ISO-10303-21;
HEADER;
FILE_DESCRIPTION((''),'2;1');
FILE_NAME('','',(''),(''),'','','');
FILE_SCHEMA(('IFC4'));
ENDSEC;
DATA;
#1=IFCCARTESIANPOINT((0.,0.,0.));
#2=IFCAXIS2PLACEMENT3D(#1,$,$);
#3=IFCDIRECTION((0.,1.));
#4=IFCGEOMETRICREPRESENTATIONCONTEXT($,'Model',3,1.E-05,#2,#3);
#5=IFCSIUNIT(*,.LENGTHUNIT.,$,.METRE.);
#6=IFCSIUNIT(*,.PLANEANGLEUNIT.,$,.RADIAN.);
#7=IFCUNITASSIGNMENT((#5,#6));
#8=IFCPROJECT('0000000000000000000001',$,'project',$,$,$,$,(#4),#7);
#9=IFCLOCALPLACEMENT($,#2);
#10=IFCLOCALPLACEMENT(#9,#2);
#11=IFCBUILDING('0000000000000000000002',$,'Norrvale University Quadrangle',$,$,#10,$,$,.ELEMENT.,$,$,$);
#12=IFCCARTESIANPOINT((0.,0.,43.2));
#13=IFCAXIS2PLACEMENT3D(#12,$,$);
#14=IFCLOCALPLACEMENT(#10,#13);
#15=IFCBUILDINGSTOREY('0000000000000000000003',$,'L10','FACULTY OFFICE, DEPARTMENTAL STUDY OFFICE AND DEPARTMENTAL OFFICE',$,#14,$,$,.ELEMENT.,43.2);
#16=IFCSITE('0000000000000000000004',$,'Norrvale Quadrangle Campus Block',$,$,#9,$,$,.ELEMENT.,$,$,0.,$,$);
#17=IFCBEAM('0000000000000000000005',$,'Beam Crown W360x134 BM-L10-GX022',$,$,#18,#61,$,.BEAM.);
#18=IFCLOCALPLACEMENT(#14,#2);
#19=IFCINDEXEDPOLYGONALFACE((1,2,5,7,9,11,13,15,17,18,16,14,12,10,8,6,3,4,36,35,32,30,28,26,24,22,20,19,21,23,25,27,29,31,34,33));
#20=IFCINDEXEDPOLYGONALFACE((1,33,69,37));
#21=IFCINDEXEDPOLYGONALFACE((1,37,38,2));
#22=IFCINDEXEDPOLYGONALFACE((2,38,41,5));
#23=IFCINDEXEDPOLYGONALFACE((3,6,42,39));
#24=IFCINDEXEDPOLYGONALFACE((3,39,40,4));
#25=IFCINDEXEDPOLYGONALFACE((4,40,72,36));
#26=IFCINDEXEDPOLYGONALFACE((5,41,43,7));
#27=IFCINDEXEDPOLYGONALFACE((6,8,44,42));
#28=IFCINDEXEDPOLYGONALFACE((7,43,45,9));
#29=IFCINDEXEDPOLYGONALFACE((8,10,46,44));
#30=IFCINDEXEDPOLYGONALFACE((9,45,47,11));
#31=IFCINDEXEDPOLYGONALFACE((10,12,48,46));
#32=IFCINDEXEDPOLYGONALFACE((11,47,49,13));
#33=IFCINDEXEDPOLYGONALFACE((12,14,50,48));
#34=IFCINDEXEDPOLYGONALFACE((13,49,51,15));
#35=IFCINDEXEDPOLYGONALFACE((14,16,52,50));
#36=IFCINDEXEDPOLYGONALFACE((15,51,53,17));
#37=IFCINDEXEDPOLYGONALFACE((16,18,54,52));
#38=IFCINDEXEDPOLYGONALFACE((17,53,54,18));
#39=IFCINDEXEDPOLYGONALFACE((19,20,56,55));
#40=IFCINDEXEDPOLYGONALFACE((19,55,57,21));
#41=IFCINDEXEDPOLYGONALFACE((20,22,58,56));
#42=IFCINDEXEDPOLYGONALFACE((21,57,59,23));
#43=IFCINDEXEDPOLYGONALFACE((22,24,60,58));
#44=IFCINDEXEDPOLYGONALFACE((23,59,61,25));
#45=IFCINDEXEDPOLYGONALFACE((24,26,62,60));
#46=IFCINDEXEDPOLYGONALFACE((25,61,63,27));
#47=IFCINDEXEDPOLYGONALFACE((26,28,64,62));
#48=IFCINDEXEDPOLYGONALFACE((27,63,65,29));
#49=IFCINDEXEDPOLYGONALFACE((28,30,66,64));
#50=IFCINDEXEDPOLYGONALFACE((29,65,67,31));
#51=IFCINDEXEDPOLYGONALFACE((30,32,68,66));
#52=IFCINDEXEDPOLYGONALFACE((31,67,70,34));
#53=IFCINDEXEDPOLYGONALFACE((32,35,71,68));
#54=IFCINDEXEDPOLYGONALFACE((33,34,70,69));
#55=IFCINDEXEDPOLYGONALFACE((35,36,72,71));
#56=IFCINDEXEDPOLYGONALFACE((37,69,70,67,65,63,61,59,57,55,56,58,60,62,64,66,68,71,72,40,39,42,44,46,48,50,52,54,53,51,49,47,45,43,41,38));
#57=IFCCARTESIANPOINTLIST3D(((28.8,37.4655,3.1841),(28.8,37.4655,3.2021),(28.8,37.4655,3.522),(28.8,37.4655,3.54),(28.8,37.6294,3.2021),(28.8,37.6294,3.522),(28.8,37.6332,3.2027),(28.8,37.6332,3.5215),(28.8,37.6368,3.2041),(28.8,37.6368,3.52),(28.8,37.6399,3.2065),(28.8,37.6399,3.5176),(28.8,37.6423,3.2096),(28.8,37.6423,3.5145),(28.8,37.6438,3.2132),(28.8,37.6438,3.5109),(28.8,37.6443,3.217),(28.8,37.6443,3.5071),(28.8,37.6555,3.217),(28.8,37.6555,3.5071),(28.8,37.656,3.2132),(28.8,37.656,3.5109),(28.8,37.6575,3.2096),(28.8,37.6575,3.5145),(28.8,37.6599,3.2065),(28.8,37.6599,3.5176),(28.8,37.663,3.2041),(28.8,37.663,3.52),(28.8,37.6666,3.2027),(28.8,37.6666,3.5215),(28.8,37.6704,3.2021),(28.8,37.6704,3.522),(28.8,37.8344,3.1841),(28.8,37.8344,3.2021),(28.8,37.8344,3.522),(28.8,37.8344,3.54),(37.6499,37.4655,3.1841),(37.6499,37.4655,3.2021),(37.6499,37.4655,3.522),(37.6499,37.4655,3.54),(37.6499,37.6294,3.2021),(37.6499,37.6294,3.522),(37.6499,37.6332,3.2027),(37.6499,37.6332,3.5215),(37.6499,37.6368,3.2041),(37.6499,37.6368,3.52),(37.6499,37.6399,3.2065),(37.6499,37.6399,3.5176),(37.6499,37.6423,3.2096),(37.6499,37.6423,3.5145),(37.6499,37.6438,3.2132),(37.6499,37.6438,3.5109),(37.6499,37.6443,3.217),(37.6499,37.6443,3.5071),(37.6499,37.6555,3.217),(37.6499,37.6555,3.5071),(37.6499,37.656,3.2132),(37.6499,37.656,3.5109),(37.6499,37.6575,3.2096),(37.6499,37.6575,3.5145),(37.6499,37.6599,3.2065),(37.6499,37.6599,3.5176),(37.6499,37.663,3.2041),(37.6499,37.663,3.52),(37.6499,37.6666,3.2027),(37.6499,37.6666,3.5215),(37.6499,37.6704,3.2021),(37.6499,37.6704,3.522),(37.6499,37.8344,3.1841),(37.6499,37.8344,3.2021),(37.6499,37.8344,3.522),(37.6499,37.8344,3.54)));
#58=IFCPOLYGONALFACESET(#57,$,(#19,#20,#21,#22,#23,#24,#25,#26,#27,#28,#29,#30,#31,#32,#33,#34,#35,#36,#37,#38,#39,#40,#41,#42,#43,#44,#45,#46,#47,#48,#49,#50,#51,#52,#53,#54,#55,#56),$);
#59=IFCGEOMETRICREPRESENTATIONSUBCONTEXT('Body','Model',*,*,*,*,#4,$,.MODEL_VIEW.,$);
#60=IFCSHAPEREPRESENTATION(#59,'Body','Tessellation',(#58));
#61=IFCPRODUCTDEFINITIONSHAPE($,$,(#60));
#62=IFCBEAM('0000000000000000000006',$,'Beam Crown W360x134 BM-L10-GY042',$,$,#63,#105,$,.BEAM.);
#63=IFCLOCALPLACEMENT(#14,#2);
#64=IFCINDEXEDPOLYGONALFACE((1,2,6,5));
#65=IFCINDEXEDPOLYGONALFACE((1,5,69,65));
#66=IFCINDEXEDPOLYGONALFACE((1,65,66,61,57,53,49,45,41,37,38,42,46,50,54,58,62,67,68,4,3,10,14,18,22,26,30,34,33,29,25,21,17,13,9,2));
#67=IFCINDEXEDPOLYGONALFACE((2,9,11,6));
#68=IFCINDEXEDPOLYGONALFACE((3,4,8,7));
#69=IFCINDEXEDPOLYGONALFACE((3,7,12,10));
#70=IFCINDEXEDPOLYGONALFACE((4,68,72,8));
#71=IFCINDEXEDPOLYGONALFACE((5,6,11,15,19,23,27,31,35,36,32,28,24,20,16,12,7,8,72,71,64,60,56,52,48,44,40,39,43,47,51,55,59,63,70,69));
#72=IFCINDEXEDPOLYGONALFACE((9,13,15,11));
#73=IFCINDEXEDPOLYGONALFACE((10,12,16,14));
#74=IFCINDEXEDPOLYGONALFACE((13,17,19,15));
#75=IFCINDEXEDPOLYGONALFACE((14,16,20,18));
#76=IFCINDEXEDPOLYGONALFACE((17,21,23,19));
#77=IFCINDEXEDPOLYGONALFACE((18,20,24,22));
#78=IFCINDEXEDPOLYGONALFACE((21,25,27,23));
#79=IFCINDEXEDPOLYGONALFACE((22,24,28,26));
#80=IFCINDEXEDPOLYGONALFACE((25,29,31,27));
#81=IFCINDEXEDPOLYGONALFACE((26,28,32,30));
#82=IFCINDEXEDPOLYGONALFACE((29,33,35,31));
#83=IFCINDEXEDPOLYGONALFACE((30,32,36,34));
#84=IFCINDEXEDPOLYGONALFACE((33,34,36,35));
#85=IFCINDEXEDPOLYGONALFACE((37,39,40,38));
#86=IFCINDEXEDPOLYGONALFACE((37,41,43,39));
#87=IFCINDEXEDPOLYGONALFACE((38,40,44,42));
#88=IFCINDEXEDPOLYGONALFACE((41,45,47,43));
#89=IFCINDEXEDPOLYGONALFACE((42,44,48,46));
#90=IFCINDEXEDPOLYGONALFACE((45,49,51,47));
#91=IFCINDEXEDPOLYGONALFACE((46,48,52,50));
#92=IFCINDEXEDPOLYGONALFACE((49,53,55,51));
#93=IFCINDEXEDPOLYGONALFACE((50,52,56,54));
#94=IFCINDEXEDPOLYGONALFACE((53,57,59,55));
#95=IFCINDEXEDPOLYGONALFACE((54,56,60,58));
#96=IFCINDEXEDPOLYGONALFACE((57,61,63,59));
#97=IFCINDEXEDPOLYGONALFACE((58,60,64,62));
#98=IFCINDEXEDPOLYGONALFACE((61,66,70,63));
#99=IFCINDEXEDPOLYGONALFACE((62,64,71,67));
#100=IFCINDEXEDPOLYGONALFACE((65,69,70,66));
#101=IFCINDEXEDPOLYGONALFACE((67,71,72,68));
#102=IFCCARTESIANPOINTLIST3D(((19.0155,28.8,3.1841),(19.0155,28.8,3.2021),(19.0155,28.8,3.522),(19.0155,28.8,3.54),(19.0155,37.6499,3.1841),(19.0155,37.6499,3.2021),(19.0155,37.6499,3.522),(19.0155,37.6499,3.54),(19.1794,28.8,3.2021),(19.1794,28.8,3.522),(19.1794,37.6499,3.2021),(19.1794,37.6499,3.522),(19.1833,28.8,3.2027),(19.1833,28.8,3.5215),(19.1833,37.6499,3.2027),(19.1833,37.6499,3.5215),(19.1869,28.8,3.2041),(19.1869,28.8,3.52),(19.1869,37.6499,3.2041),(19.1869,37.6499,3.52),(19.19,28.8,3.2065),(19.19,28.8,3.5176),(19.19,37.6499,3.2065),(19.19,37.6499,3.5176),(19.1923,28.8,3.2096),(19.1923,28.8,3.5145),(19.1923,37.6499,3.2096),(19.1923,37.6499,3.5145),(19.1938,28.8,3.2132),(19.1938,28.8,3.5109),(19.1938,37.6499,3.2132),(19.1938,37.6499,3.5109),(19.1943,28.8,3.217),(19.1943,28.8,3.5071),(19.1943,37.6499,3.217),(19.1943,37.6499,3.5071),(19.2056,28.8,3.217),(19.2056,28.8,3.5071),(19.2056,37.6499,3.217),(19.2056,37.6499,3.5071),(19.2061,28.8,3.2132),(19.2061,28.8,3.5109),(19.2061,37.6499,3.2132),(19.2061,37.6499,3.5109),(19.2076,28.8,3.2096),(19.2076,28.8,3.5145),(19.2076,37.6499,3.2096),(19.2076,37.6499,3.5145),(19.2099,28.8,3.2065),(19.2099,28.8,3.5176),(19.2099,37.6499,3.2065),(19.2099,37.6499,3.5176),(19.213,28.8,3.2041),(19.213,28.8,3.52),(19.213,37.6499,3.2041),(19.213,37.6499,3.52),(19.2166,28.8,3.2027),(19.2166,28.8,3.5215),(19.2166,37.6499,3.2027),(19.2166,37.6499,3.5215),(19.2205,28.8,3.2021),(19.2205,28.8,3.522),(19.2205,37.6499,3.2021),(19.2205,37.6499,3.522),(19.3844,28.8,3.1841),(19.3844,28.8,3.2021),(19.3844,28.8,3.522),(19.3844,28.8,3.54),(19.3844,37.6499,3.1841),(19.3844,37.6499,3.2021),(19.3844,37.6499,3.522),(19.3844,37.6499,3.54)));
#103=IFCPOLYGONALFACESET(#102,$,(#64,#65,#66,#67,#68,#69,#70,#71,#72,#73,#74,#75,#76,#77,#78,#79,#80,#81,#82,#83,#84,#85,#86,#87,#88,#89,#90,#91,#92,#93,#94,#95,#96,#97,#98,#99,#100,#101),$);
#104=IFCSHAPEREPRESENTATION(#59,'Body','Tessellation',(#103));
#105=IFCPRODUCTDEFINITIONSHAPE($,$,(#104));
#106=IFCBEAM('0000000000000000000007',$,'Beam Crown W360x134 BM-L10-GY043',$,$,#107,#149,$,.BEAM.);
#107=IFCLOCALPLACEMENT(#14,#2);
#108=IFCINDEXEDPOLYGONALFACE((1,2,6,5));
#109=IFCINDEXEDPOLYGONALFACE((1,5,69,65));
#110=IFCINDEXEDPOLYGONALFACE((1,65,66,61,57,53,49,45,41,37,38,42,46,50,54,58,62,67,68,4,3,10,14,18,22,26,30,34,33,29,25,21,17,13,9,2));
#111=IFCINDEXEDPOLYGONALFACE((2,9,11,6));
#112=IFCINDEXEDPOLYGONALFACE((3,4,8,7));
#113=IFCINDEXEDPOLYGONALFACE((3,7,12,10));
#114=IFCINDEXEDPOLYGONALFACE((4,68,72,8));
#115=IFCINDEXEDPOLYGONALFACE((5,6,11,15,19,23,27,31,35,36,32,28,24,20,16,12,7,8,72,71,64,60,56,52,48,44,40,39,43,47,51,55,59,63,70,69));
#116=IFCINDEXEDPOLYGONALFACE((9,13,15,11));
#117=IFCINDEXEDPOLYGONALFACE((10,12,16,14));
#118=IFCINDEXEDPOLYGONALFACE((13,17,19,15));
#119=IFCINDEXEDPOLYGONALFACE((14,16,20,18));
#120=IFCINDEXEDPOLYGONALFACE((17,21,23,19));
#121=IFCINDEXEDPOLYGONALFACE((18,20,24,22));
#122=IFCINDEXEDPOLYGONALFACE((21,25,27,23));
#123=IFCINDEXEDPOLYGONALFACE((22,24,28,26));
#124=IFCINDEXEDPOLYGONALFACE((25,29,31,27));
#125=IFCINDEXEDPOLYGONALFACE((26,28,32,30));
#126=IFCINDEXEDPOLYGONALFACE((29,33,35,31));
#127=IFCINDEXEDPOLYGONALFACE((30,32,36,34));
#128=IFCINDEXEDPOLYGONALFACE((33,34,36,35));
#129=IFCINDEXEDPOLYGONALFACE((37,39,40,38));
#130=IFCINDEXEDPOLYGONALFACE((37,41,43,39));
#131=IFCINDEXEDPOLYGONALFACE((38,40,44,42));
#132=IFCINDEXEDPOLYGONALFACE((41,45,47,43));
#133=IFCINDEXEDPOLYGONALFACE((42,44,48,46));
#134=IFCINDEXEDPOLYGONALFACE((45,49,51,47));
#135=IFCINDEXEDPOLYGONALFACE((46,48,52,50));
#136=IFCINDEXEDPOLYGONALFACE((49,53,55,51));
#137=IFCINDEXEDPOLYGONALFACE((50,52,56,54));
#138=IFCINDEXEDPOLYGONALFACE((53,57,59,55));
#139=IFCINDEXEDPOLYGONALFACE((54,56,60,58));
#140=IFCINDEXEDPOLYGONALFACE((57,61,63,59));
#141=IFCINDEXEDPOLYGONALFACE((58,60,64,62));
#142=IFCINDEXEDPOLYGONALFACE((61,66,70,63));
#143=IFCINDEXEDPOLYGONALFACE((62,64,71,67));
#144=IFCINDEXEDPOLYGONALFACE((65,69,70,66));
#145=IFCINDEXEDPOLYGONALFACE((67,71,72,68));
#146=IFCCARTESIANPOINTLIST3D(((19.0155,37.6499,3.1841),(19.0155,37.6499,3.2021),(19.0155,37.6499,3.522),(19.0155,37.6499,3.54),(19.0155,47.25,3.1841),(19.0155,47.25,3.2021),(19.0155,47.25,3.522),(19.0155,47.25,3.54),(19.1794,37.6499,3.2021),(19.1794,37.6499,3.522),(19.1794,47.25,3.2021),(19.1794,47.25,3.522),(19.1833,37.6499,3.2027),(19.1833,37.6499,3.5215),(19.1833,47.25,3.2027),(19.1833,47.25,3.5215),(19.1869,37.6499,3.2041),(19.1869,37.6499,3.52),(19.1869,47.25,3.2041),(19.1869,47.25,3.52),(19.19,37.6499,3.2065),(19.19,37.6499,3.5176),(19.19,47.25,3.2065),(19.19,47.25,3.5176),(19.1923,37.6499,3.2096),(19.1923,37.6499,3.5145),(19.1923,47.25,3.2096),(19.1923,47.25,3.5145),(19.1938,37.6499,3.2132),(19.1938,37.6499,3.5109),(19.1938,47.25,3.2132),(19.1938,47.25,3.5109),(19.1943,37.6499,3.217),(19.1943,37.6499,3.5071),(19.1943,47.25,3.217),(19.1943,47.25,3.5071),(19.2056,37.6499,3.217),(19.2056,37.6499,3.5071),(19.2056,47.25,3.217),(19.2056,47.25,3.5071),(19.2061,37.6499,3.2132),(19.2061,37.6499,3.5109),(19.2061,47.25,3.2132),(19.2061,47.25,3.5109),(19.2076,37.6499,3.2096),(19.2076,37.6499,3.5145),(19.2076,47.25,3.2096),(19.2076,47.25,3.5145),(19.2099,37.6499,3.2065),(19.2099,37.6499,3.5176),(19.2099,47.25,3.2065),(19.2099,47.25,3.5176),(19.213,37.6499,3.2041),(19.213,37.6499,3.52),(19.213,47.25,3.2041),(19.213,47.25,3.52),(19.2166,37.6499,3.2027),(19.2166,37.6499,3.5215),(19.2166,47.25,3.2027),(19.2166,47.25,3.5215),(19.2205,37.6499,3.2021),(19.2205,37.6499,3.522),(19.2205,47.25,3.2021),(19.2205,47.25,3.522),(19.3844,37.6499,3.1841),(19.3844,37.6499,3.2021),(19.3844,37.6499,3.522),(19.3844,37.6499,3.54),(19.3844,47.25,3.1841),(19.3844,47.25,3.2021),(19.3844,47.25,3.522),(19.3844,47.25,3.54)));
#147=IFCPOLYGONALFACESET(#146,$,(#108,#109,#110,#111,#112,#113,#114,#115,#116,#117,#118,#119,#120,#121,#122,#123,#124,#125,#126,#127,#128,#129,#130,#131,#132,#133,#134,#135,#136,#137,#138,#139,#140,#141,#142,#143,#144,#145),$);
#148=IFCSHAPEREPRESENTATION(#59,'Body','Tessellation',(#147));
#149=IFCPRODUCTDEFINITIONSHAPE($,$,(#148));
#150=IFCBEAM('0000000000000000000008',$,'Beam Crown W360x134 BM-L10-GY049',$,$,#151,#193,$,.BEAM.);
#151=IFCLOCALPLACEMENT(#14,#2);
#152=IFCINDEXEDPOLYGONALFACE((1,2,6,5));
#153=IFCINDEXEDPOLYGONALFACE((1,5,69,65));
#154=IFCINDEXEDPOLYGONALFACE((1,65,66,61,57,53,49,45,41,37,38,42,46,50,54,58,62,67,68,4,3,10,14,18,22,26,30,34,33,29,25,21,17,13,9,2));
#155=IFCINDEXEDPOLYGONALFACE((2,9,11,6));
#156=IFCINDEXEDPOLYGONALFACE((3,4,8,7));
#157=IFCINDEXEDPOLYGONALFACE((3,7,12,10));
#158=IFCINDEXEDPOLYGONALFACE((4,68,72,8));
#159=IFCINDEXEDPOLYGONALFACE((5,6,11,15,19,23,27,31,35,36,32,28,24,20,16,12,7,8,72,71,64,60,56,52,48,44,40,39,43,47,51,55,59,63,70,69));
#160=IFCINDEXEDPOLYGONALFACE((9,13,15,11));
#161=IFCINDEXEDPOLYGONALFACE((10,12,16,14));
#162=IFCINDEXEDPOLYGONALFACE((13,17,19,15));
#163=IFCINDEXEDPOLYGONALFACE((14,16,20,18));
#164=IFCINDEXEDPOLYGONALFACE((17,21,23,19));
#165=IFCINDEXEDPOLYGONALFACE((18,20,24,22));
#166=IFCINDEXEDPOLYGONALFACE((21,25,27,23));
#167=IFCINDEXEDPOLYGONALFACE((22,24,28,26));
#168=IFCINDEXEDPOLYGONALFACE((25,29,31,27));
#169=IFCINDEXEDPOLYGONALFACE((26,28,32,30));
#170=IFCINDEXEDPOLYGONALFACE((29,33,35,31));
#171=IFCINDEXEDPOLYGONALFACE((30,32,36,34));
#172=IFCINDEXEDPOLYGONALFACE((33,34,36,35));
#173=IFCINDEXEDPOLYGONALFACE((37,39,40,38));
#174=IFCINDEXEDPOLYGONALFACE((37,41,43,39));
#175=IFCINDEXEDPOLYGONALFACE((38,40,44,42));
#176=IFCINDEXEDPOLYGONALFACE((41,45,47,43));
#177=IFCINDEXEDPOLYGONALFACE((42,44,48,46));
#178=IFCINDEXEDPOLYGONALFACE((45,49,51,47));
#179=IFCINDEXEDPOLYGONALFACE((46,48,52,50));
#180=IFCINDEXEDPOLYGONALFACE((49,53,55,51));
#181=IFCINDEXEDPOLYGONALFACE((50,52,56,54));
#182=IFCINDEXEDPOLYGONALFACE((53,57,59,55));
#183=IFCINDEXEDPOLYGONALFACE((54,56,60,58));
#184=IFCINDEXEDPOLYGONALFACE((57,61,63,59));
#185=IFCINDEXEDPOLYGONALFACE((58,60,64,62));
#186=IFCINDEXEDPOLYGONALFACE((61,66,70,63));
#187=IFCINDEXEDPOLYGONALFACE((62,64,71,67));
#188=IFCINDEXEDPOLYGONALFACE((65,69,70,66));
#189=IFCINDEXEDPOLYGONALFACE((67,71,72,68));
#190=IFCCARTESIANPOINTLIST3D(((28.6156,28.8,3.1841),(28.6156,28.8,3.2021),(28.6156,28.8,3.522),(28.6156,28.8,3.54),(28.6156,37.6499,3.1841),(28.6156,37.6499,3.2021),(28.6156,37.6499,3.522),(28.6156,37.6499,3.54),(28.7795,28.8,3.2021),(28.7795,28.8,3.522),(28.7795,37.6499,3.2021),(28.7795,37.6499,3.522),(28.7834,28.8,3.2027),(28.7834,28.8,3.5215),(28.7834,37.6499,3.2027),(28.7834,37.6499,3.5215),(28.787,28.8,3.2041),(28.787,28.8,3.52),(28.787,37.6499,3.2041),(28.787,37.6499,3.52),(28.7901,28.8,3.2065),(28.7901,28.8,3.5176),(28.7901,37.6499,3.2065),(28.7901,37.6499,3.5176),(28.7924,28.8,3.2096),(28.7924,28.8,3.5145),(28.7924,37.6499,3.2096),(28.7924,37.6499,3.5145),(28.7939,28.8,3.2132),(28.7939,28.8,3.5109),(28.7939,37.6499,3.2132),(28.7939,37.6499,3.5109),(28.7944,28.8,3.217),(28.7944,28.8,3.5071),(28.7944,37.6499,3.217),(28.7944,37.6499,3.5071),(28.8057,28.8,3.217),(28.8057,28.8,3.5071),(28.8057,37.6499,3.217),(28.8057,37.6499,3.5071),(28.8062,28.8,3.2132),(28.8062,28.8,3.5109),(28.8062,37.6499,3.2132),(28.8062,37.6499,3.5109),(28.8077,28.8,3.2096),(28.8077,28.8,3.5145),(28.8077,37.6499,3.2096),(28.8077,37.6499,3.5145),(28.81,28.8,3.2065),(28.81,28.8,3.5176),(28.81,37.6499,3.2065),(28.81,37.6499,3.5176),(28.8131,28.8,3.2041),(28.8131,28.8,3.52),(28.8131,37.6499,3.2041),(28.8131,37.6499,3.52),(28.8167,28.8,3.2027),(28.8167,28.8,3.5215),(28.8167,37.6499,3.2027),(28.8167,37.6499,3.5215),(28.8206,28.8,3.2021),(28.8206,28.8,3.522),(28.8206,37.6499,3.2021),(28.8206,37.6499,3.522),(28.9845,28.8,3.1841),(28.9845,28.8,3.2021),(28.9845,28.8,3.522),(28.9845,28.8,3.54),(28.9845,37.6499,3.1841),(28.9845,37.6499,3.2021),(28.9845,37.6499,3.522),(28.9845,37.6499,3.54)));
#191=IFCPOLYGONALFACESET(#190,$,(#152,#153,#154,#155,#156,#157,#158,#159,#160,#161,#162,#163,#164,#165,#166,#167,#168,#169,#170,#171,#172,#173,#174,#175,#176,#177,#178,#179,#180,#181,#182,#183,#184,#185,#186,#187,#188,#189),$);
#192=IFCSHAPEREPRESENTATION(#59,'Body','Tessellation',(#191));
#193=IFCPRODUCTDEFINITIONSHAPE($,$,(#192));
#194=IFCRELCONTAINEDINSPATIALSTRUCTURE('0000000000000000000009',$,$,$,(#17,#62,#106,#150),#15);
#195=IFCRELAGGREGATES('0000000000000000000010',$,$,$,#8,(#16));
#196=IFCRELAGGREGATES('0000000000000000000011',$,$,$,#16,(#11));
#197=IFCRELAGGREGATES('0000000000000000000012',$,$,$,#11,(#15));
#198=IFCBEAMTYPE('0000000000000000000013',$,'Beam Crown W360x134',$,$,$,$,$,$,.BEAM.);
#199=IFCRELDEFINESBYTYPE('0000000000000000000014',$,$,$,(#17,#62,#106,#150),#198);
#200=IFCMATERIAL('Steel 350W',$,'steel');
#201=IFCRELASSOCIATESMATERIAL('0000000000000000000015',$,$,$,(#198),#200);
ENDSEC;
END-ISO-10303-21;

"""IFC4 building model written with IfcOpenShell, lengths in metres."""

from ifc_helpers import new_model, si_unit, direction, frame, origin, origin_2d, place, context, subcontext, project, spatial, i_section, extrude, material, material_profile, profile_set, type_object, element, save


model = new_model("IFC4")

# Units and contexts
model_context = context("Model", 3, precision=1e-05, world=origin(), true_north=direction((0.0, 1.0)))
body_context = subcontext(model_context, "Body", "Model", "MODEL_VIEW")
ifc_project = project(units=[si_unit("LENGTHUNIT", "METRE"), si_unit("PLANEANGLEUNIT", "RADIAN")], contexts=[model_context])

# Site, building, storey
site_placement = place(None, origin())
site = spatial("IfcSite", under=ifc_project, at=site_placement, Name="Norrvale Quadrangle Campus Block", CompositionType="ELEMENT", RefElevation=0.0)
building_placement = place(site_placement, origin())
building = spatial("IfcBuilding", under=site, at=building_placement, Name="Norrvale University Quadrangle", CompositionType="ELEMENT")
storey_placement = place(building_placement, frame((0.0, 0.0, 43.2)))
storey = spatial("IfcBuildingStorey", under=building, at=storey_placement, Name="L10", Description="FACULTY OFFICE, DEPARTMENTAL STUDY OFFICE AND DEPARTMENTAL OFFICE", CompositionType="ELEMENT", Elevation=43.2)

# Beams
ifc_material_1 = material(Name="Steel 350W", Category="steel")
ifc_material_profile_1 = material_profile(ifc_material_1, i_section(OverallWidth=0.3689, OverallDepth=0.356, WebThickness=0.0112, FlangeThickness=0.0181, FilletRadius=0.0149, at=origin_2d()), Name="Steel 350W")
ifc_profile_set_1 = profile_set([ifc_material_profile_1], Name="Steel 350W")
beam_type_1 = type_object("IfcBeamType", Name="Beam Crown W360x134", PredefinedType="BEAM", material=ifc_profile_set_1)
for number, where, z_axis, x_axis, name in (
    (1, (28.8, 37.6499, 3.3621), (1.0, 0.0, 0.0), (0.0, 1.0, 0.0), "Beam Crown W360x134 BM-L10-GX022"),
    (2, (19.2, 28.8, 3.3621), (0.0, 1.0, 0.0), (-1.0, 0.0, 0.0), "Beam Crown W360x134 BM-L10-GY042"),
):
    element("IfcBeam", number, at=place(storey_placement, frame(where, z_axis=z_axis, x_axis=x_axis)), inside=storey, type_object=beam_type_1, Name=name, PredefinedType="BEAM", context=body_context, shape_type="SweptSolid", body=[
        extrude(i_section(OverallWidth=0.3689, OverallDepth=0.356, WebThickness=0.0112, FlangeThickness=0.0181, FilletRadius=0.0149, at=origin_2d()), origin(), (0.0, 0.0, 1.0), 8.8499),
    ])
beam_1_placement = place(storey_placement, frame((19.2, 37.6499, 3.3621), z_axis=(0.0, 1.0, 0.0), x_axis=(-1.0, 0.0, 0.0)))
element("IfcBeam", 3, at=beam_1_placement, inside=storey, type_object=beam_type_1, Name="Beam Crown W360x134 BM-L10-GY043", PredefinedType="BEAM", context=body_context, shape_type="SweptSolid", body=[
    extrude(i_section(OverallWidth=0.3689, OverallDepth=0.356, WebThickness=0.0112, FlangeThickness=0.0181, FilletRadius=0.0149, at=origin_2d()), origin(), (0.0, 0.0, 1.0), 9.6001),
])
beam_2_placement = place(storey_placement, frame((28.8, 28.8, 3.3621), z_axis=(0.0, 1.0, 0.0), x_axis=(-1.0, 0.0, 0.0)))
element("IfcBeam", 4, at=beam_2_placement, inside=storey, type_object=beam_type_1, Name="Beam Crown W360x134 BM-L10-GY049", PredefinedType="BEAM", context=body_context, shape_type="SweptSolid", body=[
    extrude(i_section(OverallWidth=0.3689, OverallDepth=0.356, WebThickness=0.0112, FlangeThickness=0.0181, FilletRadius=0.0149, at=origin_2d()), origin(), (0.0, 0.0, 1.0), 8.8499),
])

save(model, "model.ifc")
